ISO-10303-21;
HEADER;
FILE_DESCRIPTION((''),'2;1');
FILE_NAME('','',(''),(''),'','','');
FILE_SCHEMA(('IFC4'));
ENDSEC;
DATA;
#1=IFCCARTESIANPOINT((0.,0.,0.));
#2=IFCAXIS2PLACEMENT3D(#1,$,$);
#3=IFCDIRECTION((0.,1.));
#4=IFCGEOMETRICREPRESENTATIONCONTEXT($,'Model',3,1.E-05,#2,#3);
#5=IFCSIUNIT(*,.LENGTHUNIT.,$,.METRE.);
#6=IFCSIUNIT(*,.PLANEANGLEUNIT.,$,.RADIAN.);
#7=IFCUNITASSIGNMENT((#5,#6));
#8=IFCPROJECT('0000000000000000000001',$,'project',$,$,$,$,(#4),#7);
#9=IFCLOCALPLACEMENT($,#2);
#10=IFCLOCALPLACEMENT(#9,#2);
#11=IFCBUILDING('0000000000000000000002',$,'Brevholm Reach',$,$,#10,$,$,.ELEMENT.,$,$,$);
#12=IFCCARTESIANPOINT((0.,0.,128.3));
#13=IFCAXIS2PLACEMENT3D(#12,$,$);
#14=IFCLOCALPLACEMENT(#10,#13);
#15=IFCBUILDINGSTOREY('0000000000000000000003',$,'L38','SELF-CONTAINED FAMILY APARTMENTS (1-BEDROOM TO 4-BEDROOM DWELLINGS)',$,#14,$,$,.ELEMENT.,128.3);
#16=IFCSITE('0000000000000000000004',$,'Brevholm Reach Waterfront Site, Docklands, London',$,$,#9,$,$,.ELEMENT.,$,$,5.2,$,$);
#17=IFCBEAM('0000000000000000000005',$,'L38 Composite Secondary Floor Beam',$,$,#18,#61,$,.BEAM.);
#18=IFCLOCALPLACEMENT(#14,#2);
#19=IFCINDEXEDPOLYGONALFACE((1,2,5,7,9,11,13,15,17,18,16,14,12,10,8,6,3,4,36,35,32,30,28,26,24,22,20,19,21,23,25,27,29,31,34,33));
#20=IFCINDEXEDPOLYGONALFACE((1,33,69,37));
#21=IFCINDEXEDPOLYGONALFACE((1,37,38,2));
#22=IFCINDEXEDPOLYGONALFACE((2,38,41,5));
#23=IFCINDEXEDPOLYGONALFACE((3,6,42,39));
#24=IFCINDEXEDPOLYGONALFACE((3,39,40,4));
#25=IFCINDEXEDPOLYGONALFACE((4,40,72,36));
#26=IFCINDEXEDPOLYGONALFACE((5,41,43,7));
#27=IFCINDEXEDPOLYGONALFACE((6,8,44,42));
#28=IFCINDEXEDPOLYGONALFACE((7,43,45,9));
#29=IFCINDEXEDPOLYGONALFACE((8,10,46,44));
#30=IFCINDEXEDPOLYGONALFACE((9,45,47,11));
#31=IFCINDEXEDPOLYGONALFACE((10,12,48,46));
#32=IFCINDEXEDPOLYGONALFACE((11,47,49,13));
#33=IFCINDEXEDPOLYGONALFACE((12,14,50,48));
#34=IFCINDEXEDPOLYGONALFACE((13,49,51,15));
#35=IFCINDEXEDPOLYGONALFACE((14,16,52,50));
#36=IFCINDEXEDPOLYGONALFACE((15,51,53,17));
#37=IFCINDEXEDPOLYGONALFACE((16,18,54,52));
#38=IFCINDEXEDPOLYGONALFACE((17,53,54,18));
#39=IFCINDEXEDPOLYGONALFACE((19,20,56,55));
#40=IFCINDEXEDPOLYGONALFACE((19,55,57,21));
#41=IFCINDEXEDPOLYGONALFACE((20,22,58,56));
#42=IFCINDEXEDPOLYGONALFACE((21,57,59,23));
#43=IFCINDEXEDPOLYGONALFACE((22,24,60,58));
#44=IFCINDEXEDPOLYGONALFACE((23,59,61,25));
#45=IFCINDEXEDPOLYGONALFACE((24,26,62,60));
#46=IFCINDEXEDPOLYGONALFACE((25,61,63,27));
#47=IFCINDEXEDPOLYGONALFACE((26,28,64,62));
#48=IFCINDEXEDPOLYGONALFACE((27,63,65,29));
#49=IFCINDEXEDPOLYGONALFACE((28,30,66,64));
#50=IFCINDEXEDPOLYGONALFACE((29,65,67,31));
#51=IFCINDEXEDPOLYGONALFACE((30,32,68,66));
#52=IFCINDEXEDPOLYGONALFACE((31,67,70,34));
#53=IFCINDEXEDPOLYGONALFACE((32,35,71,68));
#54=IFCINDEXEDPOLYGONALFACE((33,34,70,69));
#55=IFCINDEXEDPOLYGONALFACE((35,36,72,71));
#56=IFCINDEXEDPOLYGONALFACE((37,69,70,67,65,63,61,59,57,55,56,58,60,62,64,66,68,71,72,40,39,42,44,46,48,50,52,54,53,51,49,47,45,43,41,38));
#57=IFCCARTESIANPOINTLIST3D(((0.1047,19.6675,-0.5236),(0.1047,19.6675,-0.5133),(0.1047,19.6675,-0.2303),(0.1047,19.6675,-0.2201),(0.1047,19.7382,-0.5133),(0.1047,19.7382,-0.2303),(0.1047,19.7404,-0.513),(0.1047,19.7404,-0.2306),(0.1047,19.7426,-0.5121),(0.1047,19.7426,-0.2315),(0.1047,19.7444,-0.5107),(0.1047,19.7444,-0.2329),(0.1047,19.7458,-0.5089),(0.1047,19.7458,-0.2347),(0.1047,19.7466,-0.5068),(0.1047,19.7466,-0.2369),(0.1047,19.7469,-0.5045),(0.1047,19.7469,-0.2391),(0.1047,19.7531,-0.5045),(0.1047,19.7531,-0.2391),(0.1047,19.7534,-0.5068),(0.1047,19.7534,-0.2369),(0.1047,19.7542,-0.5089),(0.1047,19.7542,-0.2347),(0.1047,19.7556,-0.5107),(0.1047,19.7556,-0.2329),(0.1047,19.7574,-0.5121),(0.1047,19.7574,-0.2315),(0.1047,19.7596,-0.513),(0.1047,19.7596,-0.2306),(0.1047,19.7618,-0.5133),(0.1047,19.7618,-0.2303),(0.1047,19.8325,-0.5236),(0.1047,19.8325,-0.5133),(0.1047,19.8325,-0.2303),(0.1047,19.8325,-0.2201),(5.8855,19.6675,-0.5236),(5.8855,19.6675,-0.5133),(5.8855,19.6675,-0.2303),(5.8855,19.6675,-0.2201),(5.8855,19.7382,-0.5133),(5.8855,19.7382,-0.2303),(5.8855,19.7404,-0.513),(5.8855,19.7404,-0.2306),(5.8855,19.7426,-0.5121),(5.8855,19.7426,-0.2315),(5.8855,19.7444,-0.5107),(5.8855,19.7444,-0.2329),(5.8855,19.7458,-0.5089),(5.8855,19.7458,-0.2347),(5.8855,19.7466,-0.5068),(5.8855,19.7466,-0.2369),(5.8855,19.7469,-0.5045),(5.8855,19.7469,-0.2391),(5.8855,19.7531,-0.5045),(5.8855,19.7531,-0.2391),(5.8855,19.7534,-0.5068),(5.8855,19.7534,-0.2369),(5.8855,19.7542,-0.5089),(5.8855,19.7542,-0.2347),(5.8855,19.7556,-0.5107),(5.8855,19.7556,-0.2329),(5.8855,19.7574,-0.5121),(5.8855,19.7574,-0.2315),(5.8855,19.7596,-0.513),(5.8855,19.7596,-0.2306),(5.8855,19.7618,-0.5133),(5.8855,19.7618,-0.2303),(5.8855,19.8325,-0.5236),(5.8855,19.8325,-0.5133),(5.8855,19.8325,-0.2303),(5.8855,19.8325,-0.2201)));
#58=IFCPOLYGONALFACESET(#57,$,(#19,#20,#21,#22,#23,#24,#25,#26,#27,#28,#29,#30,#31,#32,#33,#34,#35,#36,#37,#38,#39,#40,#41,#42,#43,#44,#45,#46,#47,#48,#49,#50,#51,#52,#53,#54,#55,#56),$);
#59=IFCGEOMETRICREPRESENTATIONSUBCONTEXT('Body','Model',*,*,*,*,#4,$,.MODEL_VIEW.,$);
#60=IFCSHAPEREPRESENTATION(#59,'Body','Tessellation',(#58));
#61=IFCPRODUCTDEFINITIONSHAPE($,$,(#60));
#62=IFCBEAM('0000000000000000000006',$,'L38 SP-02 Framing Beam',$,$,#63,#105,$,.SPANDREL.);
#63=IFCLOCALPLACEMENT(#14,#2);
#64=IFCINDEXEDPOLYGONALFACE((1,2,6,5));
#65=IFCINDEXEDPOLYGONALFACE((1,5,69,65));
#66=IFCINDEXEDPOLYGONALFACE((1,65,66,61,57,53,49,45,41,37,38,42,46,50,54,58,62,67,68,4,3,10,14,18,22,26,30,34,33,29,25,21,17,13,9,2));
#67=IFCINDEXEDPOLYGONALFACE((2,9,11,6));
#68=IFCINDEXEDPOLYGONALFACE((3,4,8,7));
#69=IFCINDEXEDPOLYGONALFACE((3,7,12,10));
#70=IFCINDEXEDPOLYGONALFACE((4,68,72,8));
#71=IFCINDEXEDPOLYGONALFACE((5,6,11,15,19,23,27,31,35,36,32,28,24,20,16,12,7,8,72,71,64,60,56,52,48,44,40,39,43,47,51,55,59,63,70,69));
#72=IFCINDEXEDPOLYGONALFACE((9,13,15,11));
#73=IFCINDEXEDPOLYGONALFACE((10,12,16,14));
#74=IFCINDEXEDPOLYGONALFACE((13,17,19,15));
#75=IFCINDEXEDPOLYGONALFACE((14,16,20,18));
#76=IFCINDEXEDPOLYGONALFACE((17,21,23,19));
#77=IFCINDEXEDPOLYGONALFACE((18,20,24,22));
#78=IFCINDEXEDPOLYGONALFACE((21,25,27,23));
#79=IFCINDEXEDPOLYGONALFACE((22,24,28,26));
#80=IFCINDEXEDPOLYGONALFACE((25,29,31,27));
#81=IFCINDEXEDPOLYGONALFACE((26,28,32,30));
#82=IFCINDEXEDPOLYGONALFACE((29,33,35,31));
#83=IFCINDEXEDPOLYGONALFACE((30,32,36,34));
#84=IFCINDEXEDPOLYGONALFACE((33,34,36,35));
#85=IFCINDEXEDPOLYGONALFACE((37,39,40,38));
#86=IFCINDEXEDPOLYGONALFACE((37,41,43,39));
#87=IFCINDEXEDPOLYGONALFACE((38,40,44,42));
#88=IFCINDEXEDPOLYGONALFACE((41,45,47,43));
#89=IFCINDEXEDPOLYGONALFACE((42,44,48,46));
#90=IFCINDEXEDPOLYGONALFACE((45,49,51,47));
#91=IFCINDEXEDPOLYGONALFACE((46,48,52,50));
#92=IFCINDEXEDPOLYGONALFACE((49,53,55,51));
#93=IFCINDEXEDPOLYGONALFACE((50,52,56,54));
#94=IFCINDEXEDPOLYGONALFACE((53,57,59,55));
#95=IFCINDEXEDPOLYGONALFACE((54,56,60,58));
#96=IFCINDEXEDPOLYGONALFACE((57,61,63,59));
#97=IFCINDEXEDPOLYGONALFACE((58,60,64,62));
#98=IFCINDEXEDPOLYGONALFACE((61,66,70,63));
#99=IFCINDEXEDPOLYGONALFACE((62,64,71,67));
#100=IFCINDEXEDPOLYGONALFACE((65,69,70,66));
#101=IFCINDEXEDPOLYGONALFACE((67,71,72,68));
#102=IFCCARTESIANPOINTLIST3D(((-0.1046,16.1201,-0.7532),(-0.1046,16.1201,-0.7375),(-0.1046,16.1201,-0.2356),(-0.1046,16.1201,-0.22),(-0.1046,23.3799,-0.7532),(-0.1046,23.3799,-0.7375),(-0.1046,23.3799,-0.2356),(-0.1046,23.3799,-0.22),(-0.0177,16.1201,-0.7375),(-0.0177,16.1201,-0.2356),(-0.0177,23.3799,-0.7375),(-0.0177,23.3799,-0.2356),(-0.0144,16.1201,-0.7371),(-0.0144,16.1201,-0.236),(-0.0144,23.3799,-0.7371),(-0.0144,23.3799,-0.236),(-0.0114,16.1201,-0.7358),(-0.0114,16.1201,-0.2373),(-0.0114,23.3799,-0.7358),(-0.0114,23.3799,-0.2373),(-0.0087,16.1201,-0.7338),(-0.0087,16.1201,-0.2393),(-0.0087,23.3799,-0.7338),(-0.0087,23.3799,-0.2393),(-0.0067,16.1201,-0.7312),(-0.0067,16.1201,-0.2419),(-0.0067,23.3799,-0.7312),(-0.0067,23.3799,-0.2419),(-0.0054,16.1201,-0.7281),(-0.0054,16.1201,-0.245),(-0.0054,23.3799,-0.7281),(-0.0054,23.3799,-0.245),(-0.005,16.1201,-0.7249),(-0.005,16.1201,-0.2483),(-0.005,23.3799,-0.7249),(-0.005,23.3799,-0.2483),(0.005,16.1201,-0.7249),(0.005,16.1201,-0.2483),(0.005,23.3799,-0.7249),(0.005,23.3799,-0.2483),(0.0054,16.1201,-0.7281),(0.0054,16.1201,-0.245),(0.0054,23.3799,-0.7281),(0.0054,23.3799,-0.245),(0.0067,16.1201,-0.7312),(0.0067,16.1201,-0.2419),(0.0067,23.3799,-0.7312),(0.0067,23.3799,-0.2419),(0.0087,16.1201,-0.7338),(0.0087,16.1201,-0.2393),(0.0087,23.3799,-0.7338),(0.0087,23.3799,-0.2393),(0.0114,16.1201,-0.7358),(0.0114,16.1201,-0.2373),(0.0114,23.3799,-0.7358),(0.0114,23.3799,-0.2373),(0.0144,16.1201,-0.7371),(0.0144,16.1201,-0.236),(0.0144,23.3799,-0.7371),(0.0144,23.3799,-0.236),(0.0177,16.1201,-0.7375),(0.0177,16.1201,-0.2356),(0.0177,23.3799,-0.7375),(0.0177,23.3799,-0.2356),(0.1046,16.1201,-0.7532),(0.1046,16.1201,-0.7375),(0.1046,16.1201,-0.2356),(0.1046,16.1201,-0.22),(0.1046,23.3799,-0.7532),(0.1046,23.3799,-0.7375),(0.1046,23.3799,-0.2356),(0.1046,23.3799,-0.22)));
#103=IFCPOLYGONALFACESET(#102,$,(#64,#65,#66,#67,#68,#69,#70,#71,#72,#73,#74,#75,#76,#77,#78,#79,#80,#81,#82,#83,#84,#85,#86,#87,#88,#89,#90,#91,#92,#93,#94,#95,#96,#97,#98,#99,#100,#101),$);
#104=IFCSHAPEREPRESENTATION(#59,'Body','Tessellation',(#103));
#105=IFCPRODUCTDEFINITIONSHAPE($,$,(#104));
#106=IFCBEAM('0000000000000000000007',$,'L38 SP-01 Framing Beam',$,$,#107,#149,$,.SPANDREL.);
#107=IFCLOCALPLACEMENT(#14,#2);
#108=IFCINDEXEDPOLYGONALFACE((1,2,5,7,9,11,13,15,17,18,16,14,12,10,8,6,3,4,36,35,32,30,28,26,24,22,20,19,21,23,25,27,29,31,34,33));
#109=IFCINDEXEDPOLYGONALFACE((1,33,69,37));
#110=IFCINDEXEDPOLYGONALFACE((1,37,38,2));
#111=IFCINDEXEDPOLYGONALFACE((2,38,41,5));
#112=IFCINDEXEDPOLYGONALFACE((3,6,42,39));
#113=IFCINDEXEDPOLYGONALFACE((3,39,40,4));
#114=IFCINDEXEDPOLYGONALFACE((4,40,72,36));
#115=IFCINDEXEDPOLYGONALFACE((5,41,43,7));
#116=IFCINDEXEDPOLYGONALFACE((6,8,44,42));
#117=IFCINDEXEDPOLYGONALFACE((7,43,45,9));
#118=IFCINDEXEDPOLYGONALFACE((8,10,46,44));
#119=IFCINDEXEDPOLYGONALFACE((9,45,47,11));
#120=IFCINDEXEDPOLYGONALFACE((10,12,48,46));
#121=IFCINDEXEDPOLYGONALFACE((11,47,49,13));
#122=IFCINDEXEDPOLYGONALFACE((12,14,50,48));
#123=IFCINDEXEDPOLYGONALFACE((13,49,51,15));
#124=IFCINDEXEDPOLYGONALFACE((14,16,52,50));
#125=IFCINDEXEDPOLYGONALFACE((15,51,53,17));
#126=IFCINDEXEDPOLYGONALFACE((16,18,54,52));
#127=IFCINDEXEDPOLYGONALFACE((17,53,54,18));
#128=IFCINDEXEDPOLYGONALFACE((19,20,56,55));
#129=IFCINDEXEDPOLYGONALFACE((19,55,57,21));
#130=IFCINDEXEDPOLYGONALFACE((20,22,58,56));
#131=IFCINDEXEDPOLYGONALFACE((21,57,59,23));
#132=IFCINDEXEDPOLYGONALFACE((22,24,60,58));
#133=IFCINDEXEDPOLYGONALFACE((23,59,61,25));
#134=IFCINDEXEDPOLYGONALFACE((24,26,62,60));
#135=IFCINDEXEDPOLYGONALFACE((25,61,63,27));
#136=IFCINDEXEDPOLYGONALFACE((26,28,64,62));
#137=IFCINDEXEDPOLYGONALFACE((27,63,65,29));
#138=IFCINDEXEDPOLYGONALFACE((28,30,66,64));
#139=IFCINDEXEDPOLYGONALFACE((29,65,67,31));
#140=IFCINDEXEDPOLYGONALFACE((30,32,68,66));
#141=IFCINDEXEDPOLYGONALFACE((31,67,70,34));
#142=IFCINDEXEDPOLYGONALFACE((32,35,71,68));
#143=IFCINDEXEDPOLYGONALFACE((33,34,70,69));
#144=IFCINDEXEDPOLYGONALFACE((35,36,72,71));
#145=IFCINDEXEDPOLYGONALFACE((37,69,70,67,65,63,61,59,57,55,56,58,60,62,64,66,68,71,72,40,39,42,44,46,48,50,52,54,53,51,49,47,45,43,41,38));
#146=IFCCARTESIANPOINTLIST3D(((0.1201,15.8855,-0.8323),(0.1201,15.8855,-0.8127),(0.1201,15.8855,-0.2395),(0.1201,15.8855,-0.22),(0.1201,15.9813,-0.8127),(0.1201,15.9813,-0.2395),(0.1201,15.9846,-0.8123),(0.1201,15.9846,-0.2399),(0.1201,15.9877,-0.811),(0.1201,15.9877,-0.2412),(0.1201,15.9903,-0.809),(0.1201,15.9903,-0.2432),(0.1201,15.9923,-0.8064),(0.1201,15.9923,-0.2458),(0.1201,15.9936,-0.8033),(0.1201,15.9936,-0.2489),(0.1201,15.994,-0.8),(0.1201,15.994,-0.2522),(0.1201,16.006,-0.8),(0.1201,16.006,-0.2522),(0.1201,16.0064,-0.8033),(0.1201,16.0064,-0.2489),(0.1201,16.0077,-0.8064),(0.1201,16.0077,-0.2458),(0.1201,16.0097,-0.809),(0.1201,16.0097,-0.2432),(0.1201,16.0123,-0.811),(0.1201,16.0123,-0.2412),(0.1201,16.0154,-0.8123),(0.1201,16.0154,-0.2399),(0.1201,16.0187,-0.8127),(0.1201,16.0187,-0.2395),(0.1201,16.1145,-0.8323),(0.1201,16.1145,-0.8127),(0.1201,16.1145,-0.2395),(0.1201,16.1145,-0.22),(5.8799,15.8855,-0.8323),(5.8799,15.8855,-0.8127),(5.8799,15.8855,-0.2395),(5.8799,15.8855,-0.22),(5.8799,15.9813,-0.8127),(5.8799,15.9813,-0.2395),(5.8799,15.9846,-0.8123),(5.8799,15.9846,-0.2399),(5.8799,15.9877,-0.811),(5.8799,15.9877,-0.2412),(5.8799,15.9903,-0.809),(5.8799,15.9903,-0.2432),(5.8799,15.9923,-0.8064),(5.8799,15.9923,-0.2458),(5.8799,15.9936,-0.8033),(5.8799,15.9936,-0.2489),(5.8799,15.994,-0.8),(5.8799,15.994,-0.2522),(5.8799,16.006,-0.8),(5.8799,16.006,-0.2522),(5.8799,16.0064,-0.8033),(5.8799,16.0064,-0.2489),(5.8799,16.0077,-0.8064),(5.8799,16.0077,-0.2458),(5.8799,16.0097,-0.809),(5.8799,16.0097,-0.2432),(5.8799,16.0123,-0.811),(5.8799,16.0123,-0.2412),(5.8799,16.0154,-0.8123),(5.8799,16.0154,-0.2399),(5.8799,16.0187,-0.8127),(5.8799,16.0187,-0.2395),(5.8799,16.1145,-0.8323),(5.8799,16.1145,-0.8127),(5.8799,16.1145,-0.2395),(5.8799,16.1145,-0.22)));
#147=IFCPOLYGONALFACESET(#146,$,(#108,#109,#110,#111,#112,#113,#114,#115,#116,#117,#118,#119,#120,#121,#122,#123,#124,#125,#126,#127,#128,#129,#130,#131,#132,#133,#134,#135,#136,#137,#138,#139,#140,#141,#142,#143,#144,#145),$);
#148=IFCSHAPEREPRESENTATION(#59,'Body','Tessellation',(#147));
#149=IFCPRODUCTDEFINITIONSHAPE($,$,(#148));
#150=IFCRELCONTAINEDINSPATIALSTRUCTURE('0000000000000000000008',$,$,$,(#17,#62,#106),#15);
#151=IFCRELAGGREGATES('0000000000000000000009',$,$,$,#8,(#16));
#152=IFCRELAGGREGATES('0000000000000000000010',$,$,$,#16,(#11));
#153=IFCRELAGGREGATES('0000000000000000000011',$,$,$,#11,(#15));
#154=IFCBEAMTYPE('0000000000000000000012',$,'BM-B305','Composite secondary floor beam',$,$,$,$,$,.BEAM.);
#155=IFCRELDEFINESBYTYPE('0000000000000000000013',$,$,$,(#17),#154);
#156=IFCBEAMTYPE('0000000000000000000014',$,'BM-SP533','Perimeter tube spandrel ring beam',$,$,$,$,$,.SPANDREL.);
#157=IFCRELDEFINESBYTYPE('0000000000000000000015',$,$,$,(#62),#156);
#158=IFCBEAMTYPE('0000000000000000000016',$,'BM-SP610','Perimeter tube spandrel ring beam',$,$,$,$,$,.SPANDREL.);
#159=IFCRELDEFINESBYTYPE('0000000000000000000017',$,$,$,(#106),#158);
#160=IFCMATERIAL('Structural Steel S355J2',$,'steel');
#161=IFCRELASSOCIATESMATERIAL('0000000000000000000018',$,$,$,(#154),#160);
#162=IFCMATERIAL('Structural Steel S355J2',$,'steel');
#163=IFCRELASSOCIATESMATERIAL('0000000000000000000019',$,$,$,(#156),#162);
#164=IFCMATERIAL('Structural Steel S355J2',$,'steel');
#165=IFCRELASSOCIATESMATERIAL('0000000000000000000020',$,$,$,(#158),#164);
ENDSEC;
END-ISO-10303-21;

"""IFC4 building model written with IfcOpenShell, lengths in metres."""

from ifc_helpers import new_model, si_unit, direction, frame, origin, origin_2d, place, context, subcontext, project, spatial, i_section, extrude, material, material_profile, profile_set, type_object, element, save


model = new_model("IFC4")

# Units and contexts
model_context = context("Model", 3, precision=1e-05, world=origin(), true_north=direction((0.0, 1.0)))
body_context = subcontext(model_context, "Body", "Model", "MODEL_VIEW")
ifc_project = project(units=[si_unit("LENGTHUNIT", "METRE"), si_unit("PLANEANGLEUNIT", "RADIAN")], contexts=[model_context])

# Site, building, storey
site_placement = place(None, origin())
site = spatial("IfcSite", under=ifc_project, at=site_placement, Name="Brevholm Reach Waterfront Site, Docklands, London", CompositionType="ELEMENT", RefElevation=5.2)
building_placement = place(site_placement, origin())
building = spatial("IfcBuilding", under=site, at=building_placement, Name="Brevholm Reach", CompositionType="ELEMENT")
storey_placement = place(building_placement, frame((0.0, 0.0, 128.3)))
storey = spatial("IfcBuildingStorey", under=building, at=storey_placement, Name="L38", Description="SELF-CONTAINED FAMILY APARTMENTS (1-BEDROOM TO 4-BEDROOM DWELLINGS)", CompositionType="ELEMENT", Elevation=128.3)

# Beams
ifc_material_1 = material(Name="Structural Steel S355J2", Category="steel")
ifc_material_profile_1 = material_profile(ifc_material_1, i_section(OverallWidth=0.165, OverallDepth=0.3035, WebThickness=0.0061, FlangeThickness=0.0103, FilletRadius=0.0088, at=origin_2d()), Name="UKB 305x165x40")
ifc_profile_set_1 = profile_set([ifc_material_profile_1], Name="Structural Steel S355J2")
beam_type_1 = type_object("IfcBeamType", Name="BM-B305", Description="Composite secondary floor beam", PredefinedType="BEAM", material=ifc_profile_set_1)
beam_1_placement = place(storey_placement, frame((0.1047, 19.75, -0.3718), z_axis=(1.0, 0.0, 0.0), x_axis=(0.0, 1.0, 0.0)))
element("IfcBeam", 1, at=beam_1_placement, inside=storey, type_object=beam_type_1, Name="L38 Composite Secondary Floor Beam", PredefinedType="BEAM", context=body_context, shape_type="SweptSolid", body=[
    extrude(i_section(OverallWidth=0.165, OverallDepth=0.3035, WebThickness=0.0061, FlangeThickness=0.0103, FilletRadius=0.0088, at=origin_2d()), origin(), (0.0, 0.0, 1.0), 5.7808),
])
ifc_material_2 = material(Name="Structural Steel S355J2", Category="steel")
ifc_material_profile_2 = material_profile(ifc_material_2, i_section(OverallWidth=0.2092, OverallDepth=0.5332, WebThickness=0.01, FlangeThickness=0.0156, FilletRadius=0.0127, at=origin_2d()), Name="UKB 533x210x92")
ifc_profile_set_2 = profile_set([ifc_material_profile_2], Name="Structural Steel S355J2")
beam_type_2 = type_object("IfcBeamType", Name="BM-SP533", Description="Perimeter tube spandrel ring beam", PredefinedType="SPANDREL", material=ifc_profile_set_2)
beam_2_placement = place(storey_placement, frame((0.0, 16.1201, -0.4866), z_axis=(0.0, 1.0, 0.0), x_axis=(-1.0, 0.0, 0.0)))
element("IfcBeam", 2, at=beam_2_placement, inside=storey, type_object=beam_type_2, Name="L38 SP-02 Framing Beam", PredefinedType="SPANDREL", context=body_context, shape_type="SweptSolid", body=[
    extrude(i_section(OverallWidth=0.2092, OverallDepth=0.5332, WebThickness=0.01, FlangeThickness=0.0156, FilletRadius=0.0127, at=origin_2d()), origin(), (0.0, 0.0, 1.0), 7.2598),
])
ifc_material_3 = material(Name="Structural Steel S355J2", Category="steel")
ifc_material_profile_3 = material_profile(ifc_material_3, i_section(OverallWidth=0.229, OverallDepth=0.6123, WebThickness=0.012, FlangeThickness=0.0195, FilletRadius=0.0127, at=origin_2d()), Name="UKB 610x229x125")
ifc_profile_set_3 = profile_set([ifc_material_profile_3], Name="Structural Steel S355J2")
beam_type_3 = type_object("IfcBeamType", Name="BM-SP610", Description="Perimeter tube spandrel ring beam", PredefinedType="SPANDREL", material=ifc_profile_set_3)
beam_3_placement = place(storey_placement, frame((0.1201, 16.0, -0.5261), z_axis=(1.0, 0.0, 0.0), x_axis=(0.0, 1.0, 0.0)))
element("IfcBeam", 3, at=beam_3_placement, inside=storey, type_object=beam_type_3, Name="L38 SP-01 Framing Beam", PredefinedType="SPANDREL", context=body_context, shape_type="SweptSolid", body=[
    extrude(i_section(OverallWidth=0.229, OverallDepth=0.6123, WebThickness=0.012, FlangeThickness=0.0195, FilletRadius=0.0127, at=origin_2d()), origin(), (0.0, 0.0, 1.0), 5.7598),
])

save(model, "model.ifc")
